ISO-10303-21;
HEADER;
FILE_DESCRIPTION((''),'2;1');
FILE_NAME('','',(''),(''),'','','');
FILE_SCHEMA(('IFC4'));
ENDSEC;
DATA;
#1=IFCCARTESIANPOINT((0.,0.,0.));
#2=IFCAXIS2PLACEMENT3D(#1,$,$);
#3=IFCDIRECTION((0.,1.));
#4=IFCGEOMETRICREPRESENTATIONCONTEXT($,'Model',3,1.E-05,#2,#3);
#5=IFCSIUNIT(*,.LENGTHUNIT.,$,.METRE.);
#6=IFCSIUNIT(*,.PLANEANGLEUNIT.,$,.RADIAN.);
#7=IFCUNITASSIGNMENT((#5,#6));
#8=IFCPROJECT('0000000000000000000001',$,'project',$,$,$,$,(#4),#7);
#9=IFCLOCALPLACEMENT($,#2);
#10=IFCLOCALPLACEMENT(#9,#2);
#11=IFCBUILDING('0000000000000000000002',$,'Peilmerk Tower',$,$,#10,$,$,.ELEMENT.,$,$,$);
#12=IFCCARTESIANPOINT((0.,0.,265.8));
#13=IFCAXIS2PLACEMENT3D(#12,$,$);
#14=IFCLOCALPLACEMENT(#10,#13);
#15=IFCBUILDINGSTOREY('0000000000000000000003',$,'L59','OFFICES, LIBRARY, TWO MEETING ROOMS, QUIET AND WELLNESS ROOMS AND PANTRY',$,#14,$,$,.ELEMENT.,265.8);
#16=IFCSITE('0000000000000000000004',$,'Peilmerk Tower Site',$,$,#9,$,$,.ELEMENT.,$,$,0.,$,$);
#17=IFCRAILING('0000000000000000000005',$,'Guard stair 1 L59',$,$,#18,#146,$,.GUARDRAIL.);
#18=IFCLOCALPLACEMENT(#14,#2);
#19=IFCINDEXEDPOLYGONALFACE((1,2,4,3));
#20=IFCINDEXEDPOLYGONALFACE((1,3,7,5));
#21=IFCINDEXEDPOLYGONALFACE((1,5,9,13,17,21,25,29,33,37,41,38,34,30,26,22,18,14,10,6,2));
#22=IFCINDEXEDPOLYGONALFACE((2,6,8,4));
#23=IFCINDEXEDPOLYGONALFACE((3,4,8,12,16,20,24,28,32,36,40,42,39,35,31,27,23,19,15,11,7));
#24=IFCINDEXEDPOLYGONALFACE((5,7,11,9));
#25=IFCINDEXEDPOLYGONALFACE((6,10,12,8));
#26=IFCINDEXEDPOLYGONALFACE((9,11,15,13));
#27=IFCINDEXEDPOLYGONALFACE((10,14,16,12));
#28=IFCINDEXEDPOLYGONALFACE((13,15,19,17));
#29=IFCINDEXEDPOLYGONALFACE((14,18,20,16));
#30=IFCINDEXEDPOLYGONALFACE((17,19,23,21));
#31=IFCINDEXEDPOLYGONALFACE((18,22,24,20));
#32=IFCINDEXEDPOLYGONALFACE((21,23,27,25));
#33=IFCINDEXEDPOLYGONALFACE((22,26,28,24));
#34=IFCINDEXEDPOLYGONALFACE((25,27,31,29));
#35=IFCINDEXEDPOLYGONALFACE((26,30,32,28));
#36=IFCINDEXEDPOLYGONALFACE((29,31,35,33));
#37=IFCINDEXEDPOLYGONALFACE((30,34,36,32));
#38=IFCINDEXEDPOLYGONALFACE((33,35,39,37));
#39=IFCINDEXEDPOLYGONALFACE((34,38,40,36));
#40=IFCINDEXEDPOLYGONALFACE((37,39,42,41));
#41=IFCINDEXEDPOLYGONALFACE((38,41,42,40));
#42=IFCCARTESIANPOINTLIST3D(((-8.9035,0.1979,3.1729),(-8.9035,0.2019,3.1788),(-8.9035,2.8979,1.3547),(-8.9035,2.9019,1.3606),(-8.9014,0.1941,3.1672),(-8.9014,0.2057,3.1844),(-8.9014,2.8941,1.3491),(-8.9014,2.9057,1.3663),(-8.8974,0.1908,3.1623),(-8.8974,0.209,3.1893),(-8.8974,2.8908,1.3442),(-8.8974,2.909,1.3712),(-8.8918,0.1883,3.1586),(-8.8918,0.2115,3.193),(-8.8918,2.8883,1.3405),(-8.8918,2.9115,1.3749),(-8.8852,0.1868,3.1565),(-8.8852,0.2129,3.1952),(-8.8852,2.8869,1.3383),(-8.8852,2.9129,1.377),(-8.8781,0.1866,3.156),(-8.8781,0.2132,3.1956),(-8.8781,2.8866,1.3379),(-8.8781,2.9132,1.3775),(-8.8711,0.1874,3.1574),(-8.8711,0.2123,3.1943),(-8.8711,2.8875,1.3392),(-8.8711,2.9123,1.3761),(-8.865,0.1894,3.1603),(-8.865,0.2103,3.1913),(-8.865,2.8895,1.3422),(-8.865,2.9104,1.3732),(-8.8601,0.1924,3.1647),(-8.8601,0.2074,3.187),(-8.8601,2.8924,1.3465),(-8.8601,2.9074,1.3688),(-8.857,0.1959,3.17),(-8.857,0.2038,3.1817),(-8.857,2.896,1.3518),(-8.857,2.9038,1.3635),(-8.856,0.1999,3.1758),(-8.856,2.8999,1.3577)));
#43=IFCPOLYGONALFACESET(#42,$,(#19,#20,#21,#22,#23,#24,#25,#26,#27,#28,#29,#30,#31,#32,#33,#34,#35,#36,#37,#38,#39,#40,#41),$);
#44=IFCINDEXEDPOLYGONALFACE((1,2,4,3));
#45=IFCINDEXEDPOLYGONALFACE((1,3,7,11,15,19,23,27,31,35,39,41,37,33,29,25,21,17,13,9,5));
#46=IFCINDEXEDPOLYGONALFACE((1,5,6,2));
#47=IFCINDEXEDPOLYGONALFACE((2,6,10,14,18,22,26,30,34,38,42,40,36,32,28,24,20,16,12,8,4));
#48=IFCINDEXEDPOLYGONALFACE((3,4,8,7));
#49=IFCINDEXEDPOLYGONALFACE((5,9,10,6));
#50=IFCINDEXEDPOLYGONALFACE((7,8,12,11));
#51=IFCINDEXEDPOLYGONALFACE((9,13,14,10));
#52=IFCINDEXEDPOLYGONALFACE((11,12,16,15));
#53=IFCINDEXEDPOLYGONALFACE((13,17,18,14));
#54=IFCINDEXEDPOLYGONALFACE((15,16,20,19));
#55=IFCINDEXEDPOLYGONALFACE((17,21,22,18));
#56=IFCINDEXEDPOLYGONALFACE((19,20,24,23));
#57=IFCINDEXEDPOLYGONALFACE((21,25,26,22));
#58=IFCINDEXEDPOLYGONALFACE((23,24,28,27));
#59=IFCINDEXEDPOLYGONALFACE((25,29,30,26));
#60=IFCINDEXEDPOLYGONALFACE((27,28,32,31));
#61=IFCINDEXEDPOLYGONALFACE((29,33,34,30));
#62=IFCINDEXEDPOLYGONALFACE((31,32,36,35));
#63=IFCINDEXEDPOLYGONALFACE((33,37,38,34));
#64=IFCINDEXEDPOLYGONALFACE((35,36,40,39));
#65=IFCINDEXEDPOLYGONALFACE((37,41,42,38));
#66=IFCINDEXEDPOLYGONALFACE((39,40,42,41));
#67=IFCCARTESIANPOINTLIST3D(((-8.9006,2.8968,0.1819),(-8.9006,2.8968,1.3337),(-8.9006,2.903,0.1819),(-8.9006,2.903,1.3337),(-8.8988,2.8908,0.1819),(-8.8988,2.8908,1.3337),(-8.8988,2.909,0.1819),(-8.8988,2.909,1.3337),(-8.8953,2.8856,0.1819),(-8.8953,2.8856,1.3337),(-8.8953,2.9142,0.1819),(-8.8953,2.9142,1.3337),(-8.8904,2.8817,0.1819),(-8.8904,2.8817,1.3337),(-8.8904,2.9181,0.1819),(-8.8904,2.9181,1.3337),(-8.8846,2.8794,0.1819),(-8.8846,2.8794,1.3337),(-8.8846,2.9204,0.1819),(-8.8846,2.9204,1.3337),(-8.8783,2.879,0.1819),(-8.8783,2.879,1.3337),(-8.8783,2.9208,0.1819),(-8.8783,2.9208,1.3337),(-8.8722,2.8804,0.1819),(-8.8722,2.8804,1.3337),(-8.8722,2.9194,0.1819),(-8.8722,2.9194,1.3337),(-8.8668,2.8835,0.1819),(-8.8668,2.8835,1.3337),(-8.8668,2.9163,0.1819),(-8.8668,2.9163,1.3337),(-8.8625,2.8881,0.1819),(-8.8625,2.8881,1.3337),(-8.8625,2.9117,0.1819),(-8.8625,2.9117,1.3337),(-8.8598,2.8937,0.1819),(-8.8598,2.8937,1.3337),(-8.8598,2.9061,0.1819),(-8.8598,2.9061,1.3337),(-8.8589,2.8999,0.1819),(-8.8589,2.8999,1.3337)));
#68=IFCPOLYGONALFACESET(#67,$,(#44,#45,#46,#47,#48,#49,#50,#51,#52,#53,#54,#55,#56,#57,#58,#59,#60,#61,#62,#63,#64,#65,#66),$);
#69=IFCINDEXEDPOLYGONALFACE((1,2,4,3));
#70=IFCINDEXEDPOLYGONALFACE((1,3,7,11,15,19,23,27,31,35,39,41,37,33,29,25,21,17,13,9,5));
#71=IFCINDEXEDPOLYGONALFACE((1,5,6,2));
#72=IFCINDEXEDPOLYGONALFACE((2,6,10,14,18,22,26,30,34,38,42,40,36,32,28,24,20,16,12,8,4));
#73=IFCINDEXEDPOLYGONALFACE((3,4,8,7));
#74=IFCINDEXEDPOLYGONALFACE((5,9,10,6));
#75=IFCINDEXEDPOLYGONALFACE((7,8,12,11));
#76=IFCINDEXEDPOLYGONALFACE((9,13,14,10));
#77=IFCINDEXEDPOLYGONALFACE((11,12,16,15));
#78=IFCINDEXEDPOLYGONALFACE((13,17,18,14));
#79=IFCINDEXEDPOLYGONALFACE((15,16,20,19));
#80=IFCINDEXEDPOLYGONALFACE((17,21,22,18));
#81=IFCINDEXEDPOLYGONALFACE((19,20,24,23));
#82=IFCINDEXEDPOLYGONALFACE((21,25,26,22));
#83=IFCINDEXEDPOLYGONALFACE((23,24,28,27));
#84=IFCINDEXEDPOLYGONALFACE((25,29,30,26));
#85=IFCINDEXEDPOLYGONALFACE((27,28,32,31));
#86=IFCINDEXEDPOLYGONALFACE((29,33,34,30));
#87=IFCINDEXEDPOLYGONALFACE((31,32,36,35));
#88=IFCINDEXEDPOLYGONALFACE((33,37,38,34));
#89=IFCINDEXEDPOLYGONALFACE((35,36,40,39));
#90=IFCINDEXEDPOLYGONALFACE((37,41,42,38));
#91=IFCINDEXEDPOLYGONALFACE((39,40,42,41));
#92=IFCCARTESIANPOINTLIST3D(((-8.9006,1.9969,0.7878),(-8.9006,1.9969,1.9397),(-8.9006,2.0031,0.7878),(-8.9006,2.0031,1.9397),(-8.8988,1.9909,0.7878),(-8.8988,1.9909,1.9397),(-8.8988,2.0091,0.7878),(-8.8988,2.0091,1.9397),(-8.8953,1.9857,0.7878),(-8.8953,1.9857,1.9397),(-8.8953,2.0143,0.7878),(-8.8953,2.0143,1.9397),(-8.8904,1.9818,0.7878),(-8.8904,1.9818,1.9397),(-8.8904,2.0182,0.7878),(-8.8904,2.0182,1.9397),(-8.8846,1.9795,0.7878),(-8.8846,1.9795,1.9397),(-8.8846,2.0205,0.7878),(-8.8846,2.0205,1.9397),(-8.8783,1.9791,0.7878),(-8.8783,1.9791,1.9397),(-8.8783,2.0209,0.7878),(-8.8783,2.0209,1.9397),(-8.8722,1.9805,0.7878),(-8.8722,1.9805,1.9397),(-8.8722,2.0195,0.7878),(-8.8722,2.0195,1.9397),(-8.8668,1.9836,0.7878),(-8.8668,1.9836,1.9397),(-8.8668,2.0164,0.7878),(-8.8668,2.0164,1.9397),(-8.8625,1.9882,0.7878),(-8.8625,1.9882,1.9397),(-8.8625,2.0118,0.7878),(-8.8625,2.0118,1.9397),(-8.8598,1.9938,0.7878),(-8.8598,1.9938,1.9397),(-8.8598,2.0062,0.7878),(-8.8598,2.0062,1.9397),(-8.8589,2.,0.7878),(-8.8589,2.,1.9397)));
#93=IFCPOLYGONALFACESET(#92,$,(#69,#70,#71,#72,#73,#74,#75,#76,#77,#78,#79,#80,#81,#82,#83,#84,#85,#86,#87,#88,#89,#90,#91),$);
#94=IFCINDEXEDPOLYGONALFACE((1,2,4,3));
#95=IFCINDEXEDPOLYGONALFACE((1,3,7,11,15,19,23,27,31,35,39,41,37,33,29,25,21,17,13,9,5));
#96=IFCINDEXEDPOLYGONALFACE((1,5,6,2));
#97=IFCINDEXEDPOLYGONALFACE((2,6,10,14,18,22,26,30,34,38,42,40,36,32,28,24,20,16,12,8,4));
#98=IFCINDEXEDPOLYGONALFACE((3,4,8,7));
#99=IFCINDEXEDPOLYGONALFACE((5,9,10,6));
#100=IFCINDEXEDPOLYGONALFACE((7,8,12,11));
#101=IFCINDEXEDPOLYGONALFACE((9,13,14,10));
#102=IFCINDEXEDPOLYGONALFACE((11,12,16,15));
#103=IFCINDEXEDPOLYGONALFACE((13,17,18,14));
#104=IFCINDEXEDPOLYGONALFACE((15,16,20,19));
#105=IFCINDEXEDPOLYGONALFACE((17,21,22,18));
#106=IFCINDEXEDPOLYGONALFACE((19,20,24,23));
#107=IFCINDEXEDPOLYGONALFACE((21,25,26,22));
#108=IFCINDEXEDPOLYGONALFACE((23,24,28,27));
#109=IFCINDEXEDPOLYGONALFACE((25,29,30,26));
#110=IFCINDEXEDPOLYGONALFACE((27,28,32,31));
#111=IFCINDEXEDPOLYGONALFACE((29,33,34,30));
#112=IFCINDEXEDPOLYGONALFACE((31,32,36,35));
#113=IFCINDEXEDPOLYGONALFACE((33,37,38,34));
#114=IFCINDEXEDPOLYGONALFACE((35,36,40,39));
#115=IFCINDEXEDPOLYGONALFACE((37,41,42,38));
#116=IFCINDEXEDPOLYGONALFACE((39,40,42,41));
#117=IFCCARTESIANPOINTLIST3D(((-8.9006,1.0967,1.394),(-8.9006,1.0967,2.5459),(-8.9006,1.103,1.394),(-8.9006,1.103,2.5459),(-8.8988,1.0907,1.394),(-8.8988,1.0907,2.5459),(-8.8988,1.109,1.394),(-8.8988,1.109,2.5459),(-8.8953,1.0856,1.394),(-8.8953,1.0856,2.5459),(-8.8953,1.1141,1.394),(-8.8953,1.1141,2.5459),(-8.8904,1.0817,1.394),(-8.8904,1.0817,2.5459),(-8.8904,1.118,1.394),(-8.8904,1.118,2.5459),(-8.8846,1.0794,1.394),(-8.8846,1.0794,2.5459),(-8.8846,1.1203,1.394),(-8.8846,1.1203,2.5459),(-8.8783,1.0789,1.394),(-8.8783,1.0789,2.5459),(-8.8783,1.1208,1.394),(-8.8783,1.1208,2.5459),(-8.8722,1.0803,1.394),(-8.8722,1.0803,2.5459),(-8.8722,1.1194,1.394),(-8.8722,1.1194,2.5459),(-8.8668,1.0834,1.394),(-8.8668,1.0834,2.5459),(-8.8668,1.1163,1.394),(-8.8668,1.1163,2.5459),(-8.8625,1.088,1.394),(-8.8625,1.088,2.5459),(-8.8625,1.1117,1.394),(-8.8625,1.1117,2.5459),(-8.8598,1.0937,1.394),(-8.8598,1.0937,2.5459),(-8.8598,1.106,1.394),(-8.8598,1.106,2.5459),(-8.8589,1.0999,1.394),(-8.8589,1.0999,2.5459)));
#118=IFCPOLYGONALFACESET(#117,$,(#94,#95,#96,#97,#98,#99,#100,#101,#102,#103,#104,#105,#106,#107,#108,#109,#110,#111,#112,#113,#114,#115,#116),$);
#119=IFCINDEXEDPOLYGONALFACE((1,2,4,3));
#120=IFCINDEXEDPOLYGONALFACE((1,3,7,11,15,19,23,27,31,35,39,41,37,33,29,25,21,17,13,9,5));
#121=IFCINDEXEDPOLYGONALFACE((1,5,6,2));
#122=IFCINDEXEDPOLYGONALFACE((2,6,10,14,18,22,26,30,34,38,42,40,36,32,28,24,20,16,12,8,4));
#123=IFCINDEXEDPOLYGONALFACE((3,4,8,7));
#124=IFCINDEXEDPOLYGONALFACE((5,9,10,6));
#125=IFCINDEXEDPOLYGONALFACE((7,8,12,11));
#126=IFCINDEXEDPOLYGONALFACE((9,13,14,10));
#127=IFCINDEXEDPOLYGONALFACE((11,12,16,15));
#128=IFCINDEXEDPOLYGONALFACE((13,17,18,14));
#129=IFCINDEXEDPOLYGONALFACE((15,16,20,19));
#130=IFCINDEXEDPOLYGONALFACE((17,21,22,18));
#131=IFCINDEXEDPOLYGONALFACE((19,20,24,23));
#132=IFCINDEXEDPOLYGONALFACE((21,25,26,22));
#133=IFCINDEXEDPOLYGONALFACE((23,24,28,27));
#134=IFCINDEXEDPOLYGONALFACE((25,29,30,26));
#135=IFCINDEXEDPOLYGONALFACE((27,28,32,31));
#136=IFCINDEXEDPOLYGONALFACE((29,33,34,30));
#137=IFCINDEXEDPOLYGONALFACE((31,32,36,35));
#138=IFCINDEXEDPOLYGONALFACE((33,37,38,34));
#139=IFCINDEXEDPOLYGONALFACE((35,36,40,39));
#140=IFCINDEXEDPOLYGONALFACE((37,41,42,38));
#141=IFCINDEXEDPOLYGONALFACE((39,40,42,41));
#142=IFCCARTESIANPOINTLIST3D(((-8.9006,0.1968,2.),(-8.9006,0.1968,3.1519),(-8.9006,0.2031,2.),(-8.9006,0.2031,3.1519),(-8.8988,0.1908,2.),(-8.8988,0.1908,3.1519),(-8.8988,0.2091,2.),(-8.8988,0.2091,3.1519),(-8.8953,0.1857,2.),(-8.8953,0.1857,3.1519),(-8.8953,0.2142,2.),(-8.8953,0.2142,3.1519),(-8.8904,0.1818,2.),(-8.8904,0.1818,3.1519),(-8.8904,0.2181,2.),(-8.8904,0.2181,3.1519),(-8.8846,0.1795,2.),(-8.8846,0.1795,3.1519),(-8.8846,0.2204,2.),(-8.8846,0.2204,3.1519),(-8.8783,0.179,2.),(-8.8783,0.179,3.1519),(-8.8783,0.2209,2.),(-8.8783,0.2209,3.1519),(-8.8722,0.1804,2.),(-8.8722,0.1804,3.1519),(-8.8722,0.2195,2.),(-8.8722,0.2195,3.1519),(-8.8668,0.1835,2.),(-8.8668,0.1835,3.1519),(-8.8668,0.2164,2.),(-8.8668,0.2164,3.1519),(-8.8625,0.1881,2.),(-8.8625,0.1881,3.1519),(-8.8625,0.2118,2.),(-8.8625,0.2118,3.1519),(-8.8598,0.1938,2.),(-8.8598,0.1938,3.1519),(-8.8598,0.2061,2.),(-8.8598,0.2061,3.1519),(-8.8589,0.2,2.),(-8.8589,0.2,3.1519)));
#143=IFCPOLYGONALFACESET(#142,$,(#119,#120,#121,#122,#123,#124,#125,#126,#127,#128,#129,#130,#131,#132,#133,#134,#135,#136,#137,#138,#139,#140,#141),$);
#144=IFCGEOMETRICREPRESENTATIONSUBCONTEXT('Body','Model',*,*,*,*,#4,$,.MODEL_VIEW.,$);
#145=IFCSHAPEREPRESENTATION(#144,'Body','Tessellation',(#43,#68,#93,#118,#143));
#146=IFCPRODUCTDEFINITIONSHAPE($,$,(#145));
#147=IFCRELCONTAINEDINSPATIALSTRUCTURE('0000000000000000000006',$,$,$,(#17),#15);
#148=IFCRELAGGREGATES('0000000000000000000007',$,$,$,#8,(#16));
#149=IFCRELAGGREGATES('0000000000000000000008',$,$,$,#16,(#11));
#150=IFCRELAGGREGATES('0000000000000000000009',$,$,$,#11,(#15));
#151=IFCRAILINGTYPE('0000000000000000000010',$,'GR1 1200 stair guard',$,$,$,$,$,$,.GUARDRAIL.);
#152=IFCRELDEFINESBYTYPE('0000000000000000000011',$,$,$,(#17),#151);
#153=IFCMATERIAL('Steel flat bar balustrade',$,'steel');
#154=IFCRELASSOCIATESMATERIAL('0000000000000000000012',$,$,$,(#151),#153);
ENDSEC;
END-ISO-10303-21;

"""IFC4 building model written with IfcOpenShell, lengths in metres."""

from ifc_helpers import new_model, si_unit, direction, frame, origin, origin_2d, place, context, subcontext, project, spatial, circle, extrude, material, type_object, element, save


model = new_model("IFC4")

# Units and contexts
model_context = context("Model", 3, precision=1e-05, world=origin(), true_north=direction((0.0, 1.0)))
body_context = subcontext(model_context, "Body", "Model", "MODEL_VIEW")
ifc_project = project(units=[si_unit("LENGTHUNIT", "METRE"), si_unit("PLANEANGLEUNIT", "RADIAN")], contexts=[model_context])

# Site, building, storey
site_placement = place(None, origin())
site = spatial("IfcSite", under=ifc_project, at=site_placement, Name="Peilmerk Tower Site", CompositionType="ELEMENT", RefElevation=0.0)
building_placement = place(site_placement, origin())
building = spatial("IfcBuilding", under=site, at=building_placement, Name="Peilmerk Tower", CompositionType="ELEMENT")
storey_placement = place(building_placement, frame((0.0, 0.0, 265.8)))
storey = spatial("IfcBuildingStorey", under=building, at=storey_placement, Name="L59", Description="OFFICES, LIBRARY, TWO MEETING ROOMS, QUIET AND WELLNESS ROOMS AND PANTRY", CompositionType="ELEMENT", Elevation=265.8)

# Railing
ifc_material_1 = material(Name="Steel flat bar balustrade", Category="steel")
railing_type_1 = type_object("IfcRailingType", Name="GR1 1200 stair guard", PredefinedType="GUARDRAIL", material=ifc_material_1)
railing_1_placement = place(storey_placement, frame((-8.8799, 2.8999, 0.1819)))
element("IfcRailing", 1, at=railing_1_placement, inside=storey, type_object=railing_type_1, Name="Guard stair 1 L59", PredefinedType="GUARDRAIL", context=body_context, shape_type="SweptSolid", body=[
    extrude(circle(Radius=0.0239, at=origin_2d()), frame((0.0, 0.0, 1.1758), z_axis=(0.0, -0.829468, 0.558554), x_axis=(1.0, 0.0, 0.0)), (0.0, 0.0, 1.0), 3.2551),
    extrude(circle(Radius=0.021, at=origin_2d()), origin(), (0.0, 0.0, 1.0), 1.1519),
    extrude(circle(Radius=0.021, at=origin_2d()), frame((0.0, -0.8999, 0.606)), (0.0, 0.0, 1.0), 1.1519),
    extrude(circle(Radius=0.021, at=origin_2d()), frame((0.0, -1.8, 1.2122)), (0.0, 0.0, 1.0), 1.1519),
    extrude(circle(Radius=0.021, at=origin_2d()), frame((0.0, -2.7, 1.8181)), (0.0, 0.0, 1.0), 1.1519),
])

save(model, "model.ifc")
